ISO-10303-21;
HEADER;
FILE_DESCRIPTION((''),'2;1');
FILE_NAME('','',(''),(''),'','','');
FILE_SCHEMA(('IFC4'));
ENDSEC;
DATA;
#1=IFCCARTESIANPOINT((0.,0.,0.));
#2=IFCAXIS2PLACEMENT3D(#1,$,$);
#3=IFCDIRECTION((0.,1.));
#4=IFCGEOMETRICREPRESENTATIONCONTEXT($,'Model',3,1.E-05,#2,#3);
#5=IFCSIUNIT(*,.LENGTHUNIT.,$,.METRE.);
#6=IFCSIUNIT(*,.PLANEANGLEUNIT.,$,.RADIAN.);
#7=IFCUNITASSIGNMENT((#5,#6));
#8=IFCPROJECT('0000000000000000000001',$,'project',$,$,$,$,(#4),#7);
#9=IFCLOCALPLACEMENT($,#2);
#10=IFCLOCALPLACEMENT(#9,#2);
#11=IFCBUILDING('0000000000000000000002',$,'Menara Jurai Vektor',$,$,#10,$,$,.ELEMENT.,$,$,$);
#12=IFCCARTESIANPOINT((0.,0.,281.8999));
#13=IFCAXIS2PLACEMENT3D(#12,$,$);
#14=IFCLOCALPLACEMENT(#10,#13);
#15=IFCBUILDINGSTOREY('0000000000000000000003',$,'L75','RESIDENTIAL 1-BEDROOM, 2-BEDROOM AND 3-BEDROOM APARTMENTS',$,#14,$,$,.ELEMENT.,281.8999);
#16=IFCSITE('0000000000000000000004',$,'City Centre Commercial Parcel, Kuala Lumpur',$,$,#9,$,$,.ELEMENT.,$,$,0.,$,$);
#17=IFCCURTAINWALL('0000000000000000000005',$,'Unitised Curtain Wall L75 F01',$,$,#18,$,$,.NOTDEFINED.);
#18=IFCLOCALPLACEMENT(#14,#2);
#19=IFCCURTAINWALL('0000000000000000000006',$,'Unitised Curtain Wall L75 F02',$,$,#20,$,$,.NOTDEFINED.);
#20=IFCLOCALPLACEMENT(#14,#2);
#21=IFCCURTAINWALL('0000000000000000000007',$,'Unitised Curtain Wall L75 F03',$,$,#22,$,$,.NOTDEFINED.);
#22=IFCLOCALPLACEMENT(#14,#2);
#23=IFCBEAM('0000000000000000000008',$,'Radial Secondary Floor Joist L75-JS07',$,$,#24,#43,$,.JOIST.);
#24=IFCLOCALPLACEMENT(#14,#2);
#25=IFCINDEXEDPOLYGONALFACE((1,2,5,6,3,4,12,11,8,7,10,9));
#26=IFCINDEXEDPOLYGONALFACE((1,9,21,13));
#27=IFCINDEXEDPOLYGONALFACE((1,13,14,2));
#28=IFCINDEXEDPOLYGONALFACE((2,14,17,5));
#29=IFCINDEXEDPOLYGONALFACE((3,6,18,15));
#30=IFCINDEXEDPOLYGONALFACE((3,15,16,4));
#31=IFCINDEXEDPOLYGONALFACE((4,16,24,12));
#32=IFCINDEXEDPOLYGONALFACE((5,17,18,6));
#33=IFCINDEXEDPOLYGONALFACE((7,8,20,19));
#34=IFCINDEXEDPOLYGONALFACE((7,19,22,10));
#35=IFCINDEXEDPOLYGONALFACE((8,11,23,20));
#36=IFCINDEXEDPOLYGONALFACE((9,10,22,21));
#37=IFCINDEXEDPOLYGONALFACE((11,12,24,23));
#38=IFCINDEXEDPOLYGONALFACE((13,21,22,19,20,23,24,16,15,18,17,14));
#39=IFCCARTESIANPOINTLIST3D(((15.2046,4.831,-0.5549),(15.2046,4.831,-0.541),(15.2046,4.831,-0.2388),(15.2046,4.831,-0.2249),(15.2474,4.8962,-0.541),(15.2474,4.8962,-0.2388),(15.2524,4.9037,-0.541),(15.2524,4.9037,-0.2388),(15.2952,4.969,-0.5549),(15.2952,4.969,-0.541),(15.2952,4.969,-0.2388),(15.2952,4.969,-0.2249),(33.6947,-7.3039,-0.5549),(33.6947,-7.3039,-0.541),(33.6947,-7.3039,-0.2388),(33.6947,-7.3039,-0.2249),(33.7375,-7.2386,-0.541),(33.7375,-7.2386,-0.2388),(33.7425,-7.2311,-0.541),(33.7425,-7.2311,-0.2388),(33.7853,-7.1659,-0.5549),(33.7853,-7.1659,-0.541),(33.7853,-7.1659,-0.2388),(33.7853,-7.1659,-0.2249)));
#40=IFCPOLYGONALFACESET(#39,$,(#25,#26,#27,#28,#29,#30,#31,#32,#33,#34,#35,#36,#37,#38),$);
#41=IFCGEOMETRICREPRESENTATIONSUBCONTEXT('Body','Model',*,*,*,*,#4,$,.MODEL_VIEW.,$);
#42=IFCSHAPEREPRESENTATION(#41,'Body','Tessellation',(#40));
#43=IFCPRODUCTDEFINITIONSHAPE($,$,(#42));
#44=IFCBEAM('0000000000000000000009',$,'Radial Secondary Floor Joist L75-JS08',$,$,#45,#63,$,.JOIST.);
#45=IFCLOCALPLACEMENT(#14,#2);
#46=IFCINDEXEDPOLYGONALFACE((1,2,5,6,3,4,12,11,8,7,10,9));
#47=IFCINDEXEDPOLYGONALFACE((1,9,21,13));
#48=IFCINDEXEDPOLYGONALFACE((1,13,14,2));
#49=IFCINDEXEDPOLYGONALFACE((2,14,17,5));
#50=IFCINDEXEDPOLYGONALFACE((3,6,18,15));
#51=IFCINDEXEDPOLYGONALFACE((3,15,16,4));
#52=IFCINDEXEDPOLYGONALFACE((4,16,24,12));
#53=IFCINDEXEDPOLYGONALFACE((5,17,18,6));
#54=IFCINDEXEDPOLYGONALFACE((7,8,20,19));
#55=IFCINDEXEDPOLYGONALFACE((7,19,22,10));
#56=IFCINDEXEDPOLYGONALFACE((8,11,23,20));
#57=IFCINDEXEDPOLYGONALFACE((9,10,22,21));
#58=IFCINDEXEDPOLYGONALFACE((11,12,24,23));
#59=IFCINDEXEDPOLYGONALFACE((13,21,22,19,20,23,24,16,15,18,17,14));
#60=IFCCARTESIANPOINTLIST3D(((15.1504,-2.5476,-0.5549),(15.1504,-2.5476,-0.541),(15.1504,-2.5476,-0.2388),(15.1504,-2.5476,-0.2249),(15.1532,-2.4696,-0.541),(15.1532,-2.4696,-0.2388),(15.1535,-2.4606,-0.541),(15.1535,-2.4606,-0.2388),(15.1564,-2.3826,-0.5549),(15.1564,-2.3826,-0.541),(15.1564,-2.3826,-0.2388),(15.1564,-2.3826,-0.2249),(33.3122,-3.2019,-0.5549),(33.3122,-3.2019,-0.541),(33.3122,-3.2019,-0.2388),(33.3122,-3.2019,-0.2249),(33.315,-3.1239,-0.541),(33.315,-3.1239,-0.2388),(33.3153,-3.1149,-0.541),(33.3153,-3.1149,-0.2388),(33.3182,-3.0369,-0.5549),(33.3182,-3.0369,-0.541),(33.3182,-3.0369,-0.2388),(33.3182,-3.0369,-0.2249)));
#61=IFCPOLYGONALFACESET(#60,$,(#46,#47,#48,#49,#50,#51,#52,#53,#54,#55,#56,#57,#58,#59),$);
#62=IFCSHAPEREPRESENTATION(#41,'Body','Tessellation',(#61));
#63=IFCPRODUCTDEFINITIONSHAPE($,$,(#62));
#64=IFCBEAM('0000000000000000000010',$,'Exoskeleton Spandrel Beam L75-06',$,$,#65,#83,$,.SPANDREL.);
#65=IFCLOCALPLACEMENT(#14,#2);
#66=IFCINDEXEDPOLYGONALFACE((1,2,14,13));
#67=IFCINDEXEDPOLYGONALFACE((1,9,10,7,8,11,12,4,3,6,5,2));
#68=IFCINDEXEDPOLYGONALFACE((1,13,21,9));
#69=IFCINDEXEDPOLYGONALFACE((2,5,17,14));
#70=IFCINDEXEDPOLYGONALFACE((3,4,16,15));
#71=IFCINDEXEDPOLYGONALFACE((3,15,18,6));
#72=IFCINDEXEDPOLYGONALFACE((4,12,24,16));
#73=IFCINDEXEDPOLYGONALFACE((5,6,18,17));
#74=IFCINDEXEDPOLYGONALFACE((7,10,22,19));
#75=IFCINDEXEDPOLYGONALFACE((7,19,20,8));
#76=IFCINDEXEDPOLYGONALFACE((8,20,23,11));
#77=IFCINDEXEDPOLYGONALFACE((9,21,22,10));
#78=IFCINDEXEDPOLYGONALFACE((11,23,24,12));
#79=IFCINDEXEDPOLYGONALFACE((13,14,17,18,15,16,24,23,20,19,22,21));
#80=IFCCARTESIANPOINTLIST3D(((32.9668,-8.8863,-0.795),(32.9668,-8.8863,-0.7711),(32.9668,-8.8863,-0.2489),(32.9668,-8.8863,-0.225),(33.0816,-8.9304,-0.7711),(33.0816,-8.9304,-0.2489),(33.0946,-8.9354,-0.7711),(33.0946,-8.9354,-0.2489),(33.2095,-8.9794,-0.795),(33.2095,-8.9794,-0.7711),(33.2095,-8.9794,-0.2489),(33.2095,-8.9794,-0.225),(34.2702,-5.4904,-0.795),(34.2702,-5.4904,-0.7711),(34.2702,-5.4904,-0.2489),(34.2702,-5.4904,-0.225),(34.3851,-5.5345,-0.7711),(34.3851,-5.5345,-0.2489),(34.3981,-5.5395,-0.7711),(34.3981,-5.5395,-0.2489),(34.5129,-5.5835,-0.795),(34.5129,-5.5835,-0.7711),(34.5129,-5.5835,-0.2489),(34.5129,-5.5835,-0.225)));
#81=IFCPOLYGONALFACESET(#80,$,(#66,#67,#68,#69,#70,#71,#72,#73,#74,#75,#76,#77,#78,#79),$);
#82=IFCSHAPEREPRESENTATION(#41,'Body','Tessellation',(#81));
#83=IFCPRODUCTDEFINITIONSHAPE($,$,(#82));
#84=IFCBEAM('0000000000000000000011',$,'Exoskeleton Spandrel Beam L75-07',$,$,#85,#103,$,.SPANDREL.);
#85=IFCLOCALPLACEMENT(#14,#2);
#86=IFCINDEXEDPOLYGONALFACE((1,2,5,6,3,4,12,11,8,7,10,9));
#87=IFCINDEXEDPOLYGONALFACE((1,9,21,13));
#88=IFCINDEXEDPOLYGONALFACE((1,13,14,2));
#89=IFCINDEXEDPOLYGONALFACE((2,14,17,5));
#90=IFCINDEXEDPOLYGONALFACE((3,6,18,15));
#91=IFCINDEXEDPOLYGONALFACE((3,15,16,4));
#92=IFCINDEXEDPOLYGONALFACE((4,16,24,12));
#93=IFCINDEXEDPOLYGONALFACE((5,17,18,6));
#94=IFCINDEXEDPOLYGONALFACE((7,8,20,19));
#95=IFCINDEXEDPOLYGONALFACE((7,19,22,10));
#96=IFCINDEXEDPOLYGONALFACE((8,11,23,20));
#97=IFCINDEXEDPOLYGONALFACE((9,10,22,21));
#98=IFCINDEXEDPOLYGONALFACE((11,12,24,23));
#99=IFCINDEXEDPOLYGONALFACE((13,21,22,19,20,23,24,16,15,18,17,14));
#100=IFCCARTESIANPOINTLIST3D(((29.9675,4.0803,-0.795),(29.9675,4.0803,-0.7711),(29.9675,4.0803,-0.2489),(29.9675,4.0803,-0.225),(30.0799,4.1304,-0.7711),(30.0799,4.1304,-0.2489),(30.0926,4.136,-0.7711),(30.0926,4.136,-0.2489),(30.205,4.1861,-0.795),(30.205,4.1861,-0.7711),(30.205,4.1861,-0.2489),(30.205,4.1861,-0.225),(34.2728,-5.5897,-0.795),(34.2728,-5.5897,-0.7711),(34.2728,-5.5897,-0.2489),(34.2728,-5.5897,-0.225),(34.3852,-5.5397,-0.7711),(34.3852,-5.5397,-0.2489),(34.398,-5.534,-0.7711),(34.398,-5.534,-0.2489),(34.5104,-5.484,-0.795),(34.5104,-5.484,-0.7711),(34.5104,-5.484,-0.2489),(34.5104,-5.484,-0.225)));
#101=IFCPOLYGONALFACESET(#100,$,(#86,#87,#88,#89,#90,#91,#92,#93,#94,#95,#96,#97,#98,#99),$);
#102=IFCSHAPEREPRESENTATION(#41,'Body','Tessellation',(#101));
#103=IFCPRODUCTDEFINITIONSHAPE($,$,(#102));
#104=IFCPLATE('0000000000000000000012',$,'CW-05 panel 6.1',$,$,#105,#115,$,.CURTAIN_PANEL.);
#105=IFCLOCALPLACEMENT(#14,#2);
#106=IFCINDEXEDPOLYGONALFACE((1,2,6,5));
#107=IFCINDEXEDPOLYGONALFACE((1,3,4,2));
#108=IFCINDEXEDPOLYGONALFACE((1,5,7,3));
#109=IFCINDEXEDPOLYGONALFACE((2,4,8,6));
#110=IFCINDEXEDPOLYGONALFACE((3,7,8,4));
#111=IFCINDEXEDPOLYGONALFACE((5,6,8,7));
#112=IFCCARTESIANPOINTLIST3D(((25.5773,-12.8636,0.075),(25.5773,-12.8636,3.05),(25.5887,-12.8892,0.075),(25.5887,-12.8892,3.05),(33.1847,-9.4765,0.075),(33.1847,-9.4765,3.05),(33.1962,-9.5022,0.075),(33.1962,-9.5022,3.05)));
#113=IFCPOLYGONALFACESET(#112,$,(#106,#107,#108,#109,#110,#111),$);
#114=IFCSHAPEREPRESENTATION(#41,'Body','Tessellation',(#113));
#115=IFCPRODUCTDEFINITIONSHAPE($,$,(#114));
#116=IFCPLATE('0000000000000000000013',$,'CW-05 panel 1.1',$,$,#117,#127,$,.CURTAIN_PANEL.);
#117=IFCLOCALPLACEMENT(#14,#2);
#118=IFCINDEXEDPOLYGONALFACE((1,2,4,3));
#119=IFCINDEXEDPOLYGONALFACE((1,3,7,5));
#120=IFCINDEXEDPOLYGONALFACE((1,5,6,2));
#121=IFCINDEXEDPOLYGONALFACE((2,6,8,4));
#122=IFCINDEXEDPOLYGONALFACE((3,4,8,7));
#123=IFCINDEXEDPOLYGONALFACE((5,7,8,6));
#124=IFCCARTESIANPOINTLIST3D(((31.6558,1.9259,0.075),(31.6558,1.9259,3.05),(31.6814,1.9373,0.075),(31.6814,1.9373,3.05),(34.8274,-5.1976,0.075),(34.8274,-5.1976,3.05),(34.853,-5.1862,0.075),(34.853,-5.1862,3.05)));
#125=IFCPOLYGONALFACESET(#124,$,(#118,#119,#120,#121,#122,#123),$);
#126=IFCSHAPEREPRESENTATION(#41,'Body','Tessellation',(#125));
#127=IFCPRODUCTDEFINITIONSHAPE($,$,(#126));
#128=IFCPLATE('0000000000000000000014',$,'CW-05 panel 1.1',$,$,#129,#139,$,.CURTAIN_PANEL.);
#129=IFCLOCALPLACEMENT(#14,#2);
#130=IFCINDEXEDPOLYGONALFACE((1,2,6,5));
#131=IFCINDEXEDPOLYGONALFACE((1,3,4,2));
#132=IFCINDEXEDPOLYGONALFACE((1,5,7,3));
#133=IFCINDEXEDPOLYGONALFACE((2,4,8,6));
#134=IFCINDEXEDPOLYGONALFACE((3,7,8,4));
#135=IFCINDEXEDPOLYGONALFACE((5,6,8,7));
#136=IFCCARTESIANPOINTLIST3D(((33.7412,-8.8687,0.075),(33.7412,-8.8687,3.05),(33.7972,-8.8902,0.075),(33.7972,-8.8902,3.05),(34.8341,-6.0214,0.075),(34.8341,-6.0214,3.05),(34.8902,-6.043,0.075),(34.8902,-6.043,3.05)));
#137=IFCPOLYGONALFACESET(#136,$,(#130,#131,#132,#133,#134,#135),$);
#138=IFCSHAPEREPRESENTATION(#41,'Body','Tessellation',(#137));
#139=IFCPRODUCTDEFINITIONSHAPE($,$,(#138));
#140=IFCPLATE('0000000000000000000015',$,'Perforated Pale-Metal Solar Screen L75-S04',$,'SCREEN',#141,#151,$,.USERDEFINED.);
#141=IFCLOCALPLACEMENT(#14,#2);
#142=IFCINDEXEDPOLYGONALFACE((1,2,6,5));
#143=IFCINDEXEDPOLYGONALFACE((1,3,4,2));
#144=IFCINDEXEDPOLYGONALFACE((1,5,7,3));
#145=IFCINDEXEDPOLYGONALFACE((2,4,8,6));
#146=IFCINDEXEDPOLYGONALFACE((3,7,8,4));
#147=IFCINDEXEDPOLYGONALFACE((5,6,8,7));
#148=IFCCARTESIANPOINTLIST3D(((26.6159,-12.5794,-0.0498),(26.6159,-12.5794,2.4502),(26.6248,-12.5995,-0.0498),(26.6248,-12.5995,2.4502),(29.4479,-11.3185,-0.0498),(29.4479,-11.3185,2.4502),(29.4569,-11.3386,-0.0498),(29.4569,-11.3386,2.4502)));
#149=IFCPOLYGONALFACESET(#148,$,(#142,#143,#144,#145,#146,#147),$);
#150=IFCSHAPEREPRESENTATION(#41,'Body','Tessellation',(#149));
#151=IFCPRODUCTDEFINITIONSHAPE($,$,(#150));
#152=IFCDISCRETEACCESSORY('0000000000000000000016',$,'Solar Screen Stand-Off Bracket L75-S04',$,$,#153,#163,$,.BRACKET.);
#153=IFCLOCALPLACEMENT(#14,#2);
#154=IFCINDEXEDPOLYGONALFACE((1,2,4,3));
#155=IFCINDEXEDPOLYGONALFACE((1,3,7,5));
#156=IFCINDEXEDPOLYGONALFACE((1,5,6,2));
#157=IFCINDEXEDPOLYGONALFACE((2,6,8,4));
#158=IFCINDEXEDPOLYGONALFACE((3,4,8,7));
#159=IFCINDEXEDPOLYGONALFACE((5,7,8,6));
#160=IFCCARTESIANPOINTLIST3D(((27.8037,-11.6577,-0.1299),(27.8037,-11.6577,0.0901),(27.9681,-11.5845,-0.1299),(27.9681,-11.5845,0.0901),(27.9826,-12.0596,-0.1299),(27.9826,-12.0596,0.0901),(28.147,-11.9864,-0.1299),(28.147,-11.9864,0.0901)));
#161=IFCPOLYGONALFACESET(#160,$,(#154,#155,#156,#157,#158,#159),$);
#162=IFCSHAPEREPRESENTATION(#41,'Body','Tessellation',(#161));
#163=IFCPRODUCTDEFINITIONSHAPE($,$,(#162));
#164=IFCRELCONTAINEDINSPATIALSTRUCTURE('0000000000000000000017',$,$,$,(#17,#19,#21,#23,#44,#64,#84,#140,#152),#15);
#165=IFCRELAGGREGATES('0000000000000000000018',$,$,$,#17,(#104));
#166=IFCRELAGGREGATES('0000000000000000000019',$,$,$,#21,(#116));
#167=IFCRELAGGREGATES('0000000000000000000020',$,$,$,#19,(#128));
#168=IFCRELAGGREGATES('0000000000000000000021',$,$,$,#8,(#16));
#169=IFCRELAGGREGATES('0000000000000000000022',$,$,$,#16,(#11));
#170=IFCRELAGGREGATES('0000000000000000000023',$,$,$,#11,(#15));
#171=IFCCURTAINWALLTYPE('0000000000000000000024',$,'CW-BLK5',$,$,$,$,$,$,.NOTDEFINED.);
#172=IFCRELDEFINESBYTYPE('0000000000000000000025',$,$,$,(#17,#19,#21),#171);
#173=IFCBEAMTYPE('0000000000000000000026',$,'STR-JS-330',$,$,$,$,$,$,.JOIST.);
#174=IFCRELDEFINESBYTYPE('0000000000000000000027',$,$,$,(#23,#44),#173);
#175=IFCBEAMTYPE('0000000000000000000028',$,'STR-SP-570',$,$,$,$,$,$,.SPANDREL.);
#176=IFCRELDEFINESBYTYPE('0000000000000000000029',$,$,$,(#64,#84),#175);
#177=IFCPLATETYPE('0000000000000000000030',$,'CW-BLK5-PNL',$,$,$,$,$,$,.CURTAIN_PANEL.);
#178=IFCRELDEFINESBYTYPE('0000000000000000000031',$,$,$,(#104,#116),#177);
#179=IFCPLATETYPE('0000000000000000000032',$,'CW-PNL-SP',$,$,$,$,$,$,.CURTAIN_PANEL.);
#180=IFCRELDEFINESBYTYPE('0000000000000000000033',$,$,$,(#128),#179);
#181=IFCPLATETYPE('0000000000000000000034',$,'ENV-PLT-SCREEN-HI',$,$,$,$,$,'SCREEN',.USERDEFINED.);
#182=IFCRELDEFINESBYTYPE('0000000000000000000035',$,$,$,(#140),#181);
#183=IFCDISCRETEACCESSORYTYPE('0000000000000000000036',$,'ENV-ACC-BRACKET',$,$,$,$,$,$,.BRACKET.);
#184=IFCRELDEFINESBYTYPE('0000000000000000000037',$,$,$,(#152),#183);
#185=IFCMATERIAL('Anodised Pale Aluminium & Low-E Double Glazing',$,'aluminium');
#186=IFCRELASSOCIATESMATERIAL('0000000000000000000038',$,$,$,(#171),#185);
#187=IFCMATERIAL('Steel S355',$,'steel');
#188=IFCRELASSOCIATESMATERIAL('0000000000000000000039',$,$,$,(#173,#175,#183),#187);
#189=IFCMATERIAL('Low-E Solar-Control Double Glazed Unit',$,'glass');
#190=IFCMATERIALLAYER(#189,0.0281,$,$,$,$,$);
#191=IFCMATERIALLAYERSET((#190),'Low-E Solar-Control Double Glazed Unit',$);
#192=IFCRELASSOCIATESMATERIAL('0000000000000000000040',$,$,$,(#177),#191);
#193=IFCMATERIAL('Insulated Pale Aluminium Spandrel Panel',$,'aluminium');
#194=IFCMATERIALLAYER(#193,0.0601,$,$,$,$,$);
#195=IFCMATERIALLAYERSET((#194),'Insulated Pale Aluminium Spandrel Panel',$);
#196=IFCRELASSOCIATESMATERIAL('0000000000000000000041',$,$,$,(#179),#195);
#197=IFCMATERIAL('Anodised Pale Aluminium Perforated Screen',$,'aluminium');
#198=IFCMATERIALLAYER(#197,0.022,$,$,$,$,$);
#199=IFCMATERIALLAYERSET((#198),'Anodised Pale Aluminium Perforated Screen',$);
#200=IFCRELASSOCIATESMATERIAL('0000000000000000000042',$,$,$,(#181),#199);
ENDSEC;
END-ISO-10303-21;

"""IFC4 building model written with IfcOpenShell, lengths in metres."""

from ifc_helpers import new_model, si_unit, direction, frame, origin, origin_2d, place, context, subcontext, project, spatial, rectangle, i_section, extrude, material, layer, layer_set, material_profile, profile_set, type_object, element, aggregate, save


model = new_model("IFC4")

# Units and contexts
model_context = context("Model", 3, precision=1e-05, world=origin(), true_north=direction((0.0, 1.0)))
body_context = subcontext(model_context, "Body", "Model", "MODEL_VIEW")
ifc_project = project(units=[si_unit("LENGTHUNIT", "METRE"), si_unit("PLANEANGLEUNIT", "RADIAN")], contexts=[model_context])

# Site, building, storey
site_placement = place(None, origin())
site = spatial("IfcSite", under=ifc_project, at=site_placement, Name="City Centre Commercial Parcel, Kuala Lumpur", CompositionType="ELEMENT", RefElevation=0.0)
building_placement = place(site_placement, origin())
building = spatial("IfcBuilding", under=site, at=building_placement, Name="Menara Jurai Vektor", CompositionType="ELEMENT")
storey_placement = place(building_placement, frame((0.0, 0.0, 281.8999)))
storey = spatial("IfcBuildingStorey", under=building, at=storey_placement, Name="L75", Description="RESIDENTIAL 1-BEDROOM, 2-BEDROOM AND 3-BEDROOM APARTMENTS", CompositionType="ELEMENT", Elevation=281.8999)

# Curtain walls
ifc_material_1 = material(Name="Anodised Pale Aluminium & Low-E Double Glazing", Category="aluminium")
curtain_wall_type = type_object("IfcCurtainWallType", Name="CW-BLK5", PredefinedType="NOTDEFINED", material=ifc_material_1)
curtain_wall_1_placement = place(storey_placement, origin())
curtain_wall_1 = element("IfcCurtainWall", 1, at=curtain_wall_1_placement, inside=storey, type_object=curtain_wall_type, Name="Unitised Curtain Wall L75 F01", PredefinedType="NOTDEFINED")
curtain_wall_2_placement = place(storey_placement, origin())
curtain_wall_2 = element("IfcCurtainWall", 2, at=curtain_wall_2_placement, inside=storey, type_object=curtain_wall_type, Name="Unitised Curtain Wall L75 F02", PredefinedType="NOTDEFINED")

# Curtain wall
curtain_wall_3_placement = place(storey_placement, origin())
curtain_wall_3 = element("IfcCurtainWall", 3, at=curtain_wall_3_placement, inside=storey, type_object=curtain_wall_type, Name="Unitised Curtain Wall L75 F03", PredefinedType="NOTDEFINED")

# Shared definitions
ifc_material_2 = material(Name="Steel S355", Category="steel")

# Beams
ifc_material_profile_1 = material_profile(ifc_material_2, i_section(OverallWidth=0.165, OverallDepth=0.3301, WebThickness=0.009, FlangeThickness=0.0139, at=origin_2d()), Name="PG 330x165x46")
ifc_profile_set_1 = profile_set([ifc_material_profile_1], Name="Steel S355")
beam_type_1 = type_object("IfcBeamType", Name="STR-JS-330", PredefinedType="JOIST", material=ifc_profile_set_1)
beam_1_placement = place(storey_placement, frame((33.74, -7.2349, -0.3899), z_axis=(-0.836033, 0.548679, 0.0), x_axis=(-0.548679, -0.836033, 0.0)))
element("IfcBeam", 4, at=beam_1_placement, inside=storey, type_object=beam_type_1, Name="Radial Secondary Floor Joist L75-JS07", PredefinedType="JOIST", context=body_context, shape_type="SweptSolid", body=[
    extrude(i_section(OverallWidth=0.165, OverallDepth=0.3301, WebThickness=0.009, FlangeThickness=0.0139, at=origin_2d()), origin(), (0.0, 0.0, 1.0), 22.1165),
])
beam_2_placement = place(storey_placement, frame((33.3152, -3.1194, -0.3899), z_axis=(-0.999352, 0.036003, 0.0), x_axis=(-0.036003, -0.999352, 0.0)))
element("IfcBeam", 5, at=beam_2_placement, inside=storey, type_object=beam_type_1, Name="Radial Secondary Floor Joist L75-JS08", PredefinedType="JOIST", context=body_context, shape_type="SweptSolid", body=[
    extrude(i_section(OverallWidth=0.165, OverallDepth=0.3301, WebThickness=0.009, FlangeThickness=0.0139, at=origin_2d()), origin(), (0.0, 0.0, 1.0), 18.1736),
])
ifc_material_profile_2 = material_profile(ifc_material_2, i_section(OverallWidth=0.26, OverallDepth=0.5701, WebThickness=0.0139, FlangeThickness=0.0239, at=origin_2d()), Name="PG 570x260x145")
ifc_profile_set_2 = profile_set([ifc_material_profile_2], Name="Steel S355")
beam_type_2 = type_object("IfcBeamType", Name="STR-SP-570", PredefinedType="SPANDREL", material=ifc_profile_set_2)
beam_3_placement = place(storey_placement, frame((33.0881, -8.9329, -0.51), z_axis=(0.358336, 0.933593, 0.0), x_axis=(-0.933593, 0.358336, 0.0)))
element("IfcBeam", 6, at=beam_3_placement, inside=storey, type_object=beam_type_2, Name="Exoskeleton Spandrel Beam L75-06", PredefinedType="SPANDREL", context=body_context, shape_type="SweptSolid", body=[
    extrude(i_section(OverallWidth=0.26, OverallDepth=0.5701, WebThickness=0.0139, FlangeThickness=0.0239, at=origin_2d()), origin(), (0.0, 0.0, 1.0), 3.6375),
])
beam_4_placement = place(storey_placement, frame((34.3916, -5.5369, -0.51), z_axis=(-0.406735, 0.913546, 0.0), x_axis=(-0.913546, -0.406735, 0.0)))
element("IfcBeam", 7, at=beam_4_placement, inside=storey, type_object=beam_type_2, Name="Exoskeleton Spandrel Beam L75-07", PredefinedType="SPANDREL", context=body_context, shape_type="SweptSolid", body=[
    extrude(i_section(OverallWidth=0.26, OverallDepth=0.5701, WebThickness=0.0139, FlangeThickness=0.0239, at=origin_2d()), origin(), (0.0, 0.0, 1.0), 10.5852),
])

# Plates
ifc_material_3 = material(Name="Low-E Solar-Control Double Glazed Unit", Category="glass")
ifc_layer_1 = layer(ifc_material_3, 0.0281)
ifc_layer_set_1 = layer_set([ifc_layer_1], Name="Low-E Solar-Control Double Glazed Unit")
plate_type_1 = type_object("IfcPlateType", Name="CW-BLK5-PNL", PredefinedType="CURTAIN_PANEL", material=ifc_layer_set_1)
plate_1_placement = place(storey_placement, frame((29.3867, -11.1829, 0.075), z_axis=(0.0, 0.0, 1.0), x_axis=(0.913546, 0.406735, 0.0)))
plate_1 = element("IfcPlate", 8, at=plate_1_placement, type_object=plate_type_1, Name="CW-05 panel 6.1", PredefinedType="CURTAIN_PANEL", context=body_context, shape_type="SweptSolid", body=[
    extrude(rectangle(XDim=8.3274, YDim=0.0281, at=origin_2d()), origin(), (0.0, 0.0, 1.0), 2.9751),
])
aggregate(curtain_wall_1, [plate_1])
plate_2_placement = place(storey_placement, frame((33.2544, -1.6301, 0.075), z_axis=(0.0, 0.0, 1.0), x_axis=(-0.406735, 0.913546, 0.0)))
plate_2 = element("IfcPlate", 9, at=plate_2_placement, type_object=plate_type_1, Name="CW-05 panel 1.1", PredefinedType="CURTAIN_PANEL", context=body_context, shape_type="SweptSolid", body=[
    extrude(rectangle(XDim=7.7976, YDim=0.0281, at=origin_2d()), origin(), (0.0, 0.0, 1.0), 2.9751),
])
aggregate(curtain_wall_3, [plate_2])
ifc_material_4 = material(Name="Insulated Pale Aluminium Spandrel Panel", Category="aluminium")
ifc_layer_2 = layer(ifc_material_4, 0.0601)
ifc_layer_set_2 = layer_set([ifc_layer_2], Name="Insulated Pale Aluminium Spandrel Panel")
plate_type_2 = type_object("IfcPlateType", Name="CW-PNL-SP", PredefinedType="CURTAIN_PANEL", material=ifc_layer_set_2)
plate_3_placement = place(storey_placement, frame((34.3157, -7.4558, 0.075), z_axis=(0.0, 0.0, 1.0), x_axis=(0.358374, 0.933578, 0.0)))
plate_3 = element("IfcPlate", 10, at=plate_3_placement, type_object=plate_type_2, Name="CW-05 panel 1.1", PredefinedType="CURTAIN_PANEL", context=body_context, shape_type="SweptSolid", body=[
    extrude(rectangle(XDim=3.0498, YDim=0.0601, at=origin_2d()), origin(), (0.0, 0.0, 1.0), 2.9751),
])
aggregate(curtain_wall_2, [plate_3])
ifc_material_5 = material(Name="Anodised Pale Aluminium Perforated Screen", Category="aluminium")
ifc_layer_3 = layer(ifc_material_5, 0.022)
ifc_layer_set_3 = layer_set([ifc_layer_3], Name="Anodised Pale Aluminium Perforated Screen")
plate_type_3 = type_object("IfcPlateType", Name="ENV-PLT-SCREEN-HI", ElementType="SCREEN", PredefinedType="USERDEFINED", material=ifc_layer_set_3)
plate_4_placement = place(storey_placement, frame((28.0364, -11.959, -0.0498), z_axis=(0.0, 0.0, 1.0), x_axis=(0.913545, 0.406737, 0.0)))
element("IfcPlate", 11, at=plate_4_placement, inside=storey, type_object=plate_type_3, Name="Perforated Pale-Metal Solar Screen L75-S04", ObjectType="SCREEN", PredefinedType="USERDEFINED", context=body_context, shape_type="SweptSolid", body=[
    extrude(rectangle(XDim=3.1001, YDim=0.022, at=origin_2d()), origin(), (0.0, 0.0, 1.0), 2.5),
])

# Discrete accessory
discrete_accessory_type = type_object("IfcDiscreteAccessoryType", Name="ENV-ACC-BRACKET", PredefinedType="BRACKET", material=ifc_material_2)
discrete_accessory_placement = place(storey_placement, frame((27.9753, -11.822, -0.1299), z_axis=(0.0, 0.0, 1.0), x_axis=(0.913545, 0.406737, 0.0)))
element("IfcDiscreteAccessory", 12, at=discrete_accessory_placement, inside=storey, type_object=discrete_accessory_type, Name="Solar Screen Stand-Off Bracket L75-S04", PredefinedType="BRACKET", context=body_context, shape_type="SweptSolid", body=[
    extrude(rectangle(XDim=0.1799, YDim=0.4399, at=origin_2d()), origin(), (0.0, 0.0, 1.0), 0.22),
])

save(model, "model.ifc")
